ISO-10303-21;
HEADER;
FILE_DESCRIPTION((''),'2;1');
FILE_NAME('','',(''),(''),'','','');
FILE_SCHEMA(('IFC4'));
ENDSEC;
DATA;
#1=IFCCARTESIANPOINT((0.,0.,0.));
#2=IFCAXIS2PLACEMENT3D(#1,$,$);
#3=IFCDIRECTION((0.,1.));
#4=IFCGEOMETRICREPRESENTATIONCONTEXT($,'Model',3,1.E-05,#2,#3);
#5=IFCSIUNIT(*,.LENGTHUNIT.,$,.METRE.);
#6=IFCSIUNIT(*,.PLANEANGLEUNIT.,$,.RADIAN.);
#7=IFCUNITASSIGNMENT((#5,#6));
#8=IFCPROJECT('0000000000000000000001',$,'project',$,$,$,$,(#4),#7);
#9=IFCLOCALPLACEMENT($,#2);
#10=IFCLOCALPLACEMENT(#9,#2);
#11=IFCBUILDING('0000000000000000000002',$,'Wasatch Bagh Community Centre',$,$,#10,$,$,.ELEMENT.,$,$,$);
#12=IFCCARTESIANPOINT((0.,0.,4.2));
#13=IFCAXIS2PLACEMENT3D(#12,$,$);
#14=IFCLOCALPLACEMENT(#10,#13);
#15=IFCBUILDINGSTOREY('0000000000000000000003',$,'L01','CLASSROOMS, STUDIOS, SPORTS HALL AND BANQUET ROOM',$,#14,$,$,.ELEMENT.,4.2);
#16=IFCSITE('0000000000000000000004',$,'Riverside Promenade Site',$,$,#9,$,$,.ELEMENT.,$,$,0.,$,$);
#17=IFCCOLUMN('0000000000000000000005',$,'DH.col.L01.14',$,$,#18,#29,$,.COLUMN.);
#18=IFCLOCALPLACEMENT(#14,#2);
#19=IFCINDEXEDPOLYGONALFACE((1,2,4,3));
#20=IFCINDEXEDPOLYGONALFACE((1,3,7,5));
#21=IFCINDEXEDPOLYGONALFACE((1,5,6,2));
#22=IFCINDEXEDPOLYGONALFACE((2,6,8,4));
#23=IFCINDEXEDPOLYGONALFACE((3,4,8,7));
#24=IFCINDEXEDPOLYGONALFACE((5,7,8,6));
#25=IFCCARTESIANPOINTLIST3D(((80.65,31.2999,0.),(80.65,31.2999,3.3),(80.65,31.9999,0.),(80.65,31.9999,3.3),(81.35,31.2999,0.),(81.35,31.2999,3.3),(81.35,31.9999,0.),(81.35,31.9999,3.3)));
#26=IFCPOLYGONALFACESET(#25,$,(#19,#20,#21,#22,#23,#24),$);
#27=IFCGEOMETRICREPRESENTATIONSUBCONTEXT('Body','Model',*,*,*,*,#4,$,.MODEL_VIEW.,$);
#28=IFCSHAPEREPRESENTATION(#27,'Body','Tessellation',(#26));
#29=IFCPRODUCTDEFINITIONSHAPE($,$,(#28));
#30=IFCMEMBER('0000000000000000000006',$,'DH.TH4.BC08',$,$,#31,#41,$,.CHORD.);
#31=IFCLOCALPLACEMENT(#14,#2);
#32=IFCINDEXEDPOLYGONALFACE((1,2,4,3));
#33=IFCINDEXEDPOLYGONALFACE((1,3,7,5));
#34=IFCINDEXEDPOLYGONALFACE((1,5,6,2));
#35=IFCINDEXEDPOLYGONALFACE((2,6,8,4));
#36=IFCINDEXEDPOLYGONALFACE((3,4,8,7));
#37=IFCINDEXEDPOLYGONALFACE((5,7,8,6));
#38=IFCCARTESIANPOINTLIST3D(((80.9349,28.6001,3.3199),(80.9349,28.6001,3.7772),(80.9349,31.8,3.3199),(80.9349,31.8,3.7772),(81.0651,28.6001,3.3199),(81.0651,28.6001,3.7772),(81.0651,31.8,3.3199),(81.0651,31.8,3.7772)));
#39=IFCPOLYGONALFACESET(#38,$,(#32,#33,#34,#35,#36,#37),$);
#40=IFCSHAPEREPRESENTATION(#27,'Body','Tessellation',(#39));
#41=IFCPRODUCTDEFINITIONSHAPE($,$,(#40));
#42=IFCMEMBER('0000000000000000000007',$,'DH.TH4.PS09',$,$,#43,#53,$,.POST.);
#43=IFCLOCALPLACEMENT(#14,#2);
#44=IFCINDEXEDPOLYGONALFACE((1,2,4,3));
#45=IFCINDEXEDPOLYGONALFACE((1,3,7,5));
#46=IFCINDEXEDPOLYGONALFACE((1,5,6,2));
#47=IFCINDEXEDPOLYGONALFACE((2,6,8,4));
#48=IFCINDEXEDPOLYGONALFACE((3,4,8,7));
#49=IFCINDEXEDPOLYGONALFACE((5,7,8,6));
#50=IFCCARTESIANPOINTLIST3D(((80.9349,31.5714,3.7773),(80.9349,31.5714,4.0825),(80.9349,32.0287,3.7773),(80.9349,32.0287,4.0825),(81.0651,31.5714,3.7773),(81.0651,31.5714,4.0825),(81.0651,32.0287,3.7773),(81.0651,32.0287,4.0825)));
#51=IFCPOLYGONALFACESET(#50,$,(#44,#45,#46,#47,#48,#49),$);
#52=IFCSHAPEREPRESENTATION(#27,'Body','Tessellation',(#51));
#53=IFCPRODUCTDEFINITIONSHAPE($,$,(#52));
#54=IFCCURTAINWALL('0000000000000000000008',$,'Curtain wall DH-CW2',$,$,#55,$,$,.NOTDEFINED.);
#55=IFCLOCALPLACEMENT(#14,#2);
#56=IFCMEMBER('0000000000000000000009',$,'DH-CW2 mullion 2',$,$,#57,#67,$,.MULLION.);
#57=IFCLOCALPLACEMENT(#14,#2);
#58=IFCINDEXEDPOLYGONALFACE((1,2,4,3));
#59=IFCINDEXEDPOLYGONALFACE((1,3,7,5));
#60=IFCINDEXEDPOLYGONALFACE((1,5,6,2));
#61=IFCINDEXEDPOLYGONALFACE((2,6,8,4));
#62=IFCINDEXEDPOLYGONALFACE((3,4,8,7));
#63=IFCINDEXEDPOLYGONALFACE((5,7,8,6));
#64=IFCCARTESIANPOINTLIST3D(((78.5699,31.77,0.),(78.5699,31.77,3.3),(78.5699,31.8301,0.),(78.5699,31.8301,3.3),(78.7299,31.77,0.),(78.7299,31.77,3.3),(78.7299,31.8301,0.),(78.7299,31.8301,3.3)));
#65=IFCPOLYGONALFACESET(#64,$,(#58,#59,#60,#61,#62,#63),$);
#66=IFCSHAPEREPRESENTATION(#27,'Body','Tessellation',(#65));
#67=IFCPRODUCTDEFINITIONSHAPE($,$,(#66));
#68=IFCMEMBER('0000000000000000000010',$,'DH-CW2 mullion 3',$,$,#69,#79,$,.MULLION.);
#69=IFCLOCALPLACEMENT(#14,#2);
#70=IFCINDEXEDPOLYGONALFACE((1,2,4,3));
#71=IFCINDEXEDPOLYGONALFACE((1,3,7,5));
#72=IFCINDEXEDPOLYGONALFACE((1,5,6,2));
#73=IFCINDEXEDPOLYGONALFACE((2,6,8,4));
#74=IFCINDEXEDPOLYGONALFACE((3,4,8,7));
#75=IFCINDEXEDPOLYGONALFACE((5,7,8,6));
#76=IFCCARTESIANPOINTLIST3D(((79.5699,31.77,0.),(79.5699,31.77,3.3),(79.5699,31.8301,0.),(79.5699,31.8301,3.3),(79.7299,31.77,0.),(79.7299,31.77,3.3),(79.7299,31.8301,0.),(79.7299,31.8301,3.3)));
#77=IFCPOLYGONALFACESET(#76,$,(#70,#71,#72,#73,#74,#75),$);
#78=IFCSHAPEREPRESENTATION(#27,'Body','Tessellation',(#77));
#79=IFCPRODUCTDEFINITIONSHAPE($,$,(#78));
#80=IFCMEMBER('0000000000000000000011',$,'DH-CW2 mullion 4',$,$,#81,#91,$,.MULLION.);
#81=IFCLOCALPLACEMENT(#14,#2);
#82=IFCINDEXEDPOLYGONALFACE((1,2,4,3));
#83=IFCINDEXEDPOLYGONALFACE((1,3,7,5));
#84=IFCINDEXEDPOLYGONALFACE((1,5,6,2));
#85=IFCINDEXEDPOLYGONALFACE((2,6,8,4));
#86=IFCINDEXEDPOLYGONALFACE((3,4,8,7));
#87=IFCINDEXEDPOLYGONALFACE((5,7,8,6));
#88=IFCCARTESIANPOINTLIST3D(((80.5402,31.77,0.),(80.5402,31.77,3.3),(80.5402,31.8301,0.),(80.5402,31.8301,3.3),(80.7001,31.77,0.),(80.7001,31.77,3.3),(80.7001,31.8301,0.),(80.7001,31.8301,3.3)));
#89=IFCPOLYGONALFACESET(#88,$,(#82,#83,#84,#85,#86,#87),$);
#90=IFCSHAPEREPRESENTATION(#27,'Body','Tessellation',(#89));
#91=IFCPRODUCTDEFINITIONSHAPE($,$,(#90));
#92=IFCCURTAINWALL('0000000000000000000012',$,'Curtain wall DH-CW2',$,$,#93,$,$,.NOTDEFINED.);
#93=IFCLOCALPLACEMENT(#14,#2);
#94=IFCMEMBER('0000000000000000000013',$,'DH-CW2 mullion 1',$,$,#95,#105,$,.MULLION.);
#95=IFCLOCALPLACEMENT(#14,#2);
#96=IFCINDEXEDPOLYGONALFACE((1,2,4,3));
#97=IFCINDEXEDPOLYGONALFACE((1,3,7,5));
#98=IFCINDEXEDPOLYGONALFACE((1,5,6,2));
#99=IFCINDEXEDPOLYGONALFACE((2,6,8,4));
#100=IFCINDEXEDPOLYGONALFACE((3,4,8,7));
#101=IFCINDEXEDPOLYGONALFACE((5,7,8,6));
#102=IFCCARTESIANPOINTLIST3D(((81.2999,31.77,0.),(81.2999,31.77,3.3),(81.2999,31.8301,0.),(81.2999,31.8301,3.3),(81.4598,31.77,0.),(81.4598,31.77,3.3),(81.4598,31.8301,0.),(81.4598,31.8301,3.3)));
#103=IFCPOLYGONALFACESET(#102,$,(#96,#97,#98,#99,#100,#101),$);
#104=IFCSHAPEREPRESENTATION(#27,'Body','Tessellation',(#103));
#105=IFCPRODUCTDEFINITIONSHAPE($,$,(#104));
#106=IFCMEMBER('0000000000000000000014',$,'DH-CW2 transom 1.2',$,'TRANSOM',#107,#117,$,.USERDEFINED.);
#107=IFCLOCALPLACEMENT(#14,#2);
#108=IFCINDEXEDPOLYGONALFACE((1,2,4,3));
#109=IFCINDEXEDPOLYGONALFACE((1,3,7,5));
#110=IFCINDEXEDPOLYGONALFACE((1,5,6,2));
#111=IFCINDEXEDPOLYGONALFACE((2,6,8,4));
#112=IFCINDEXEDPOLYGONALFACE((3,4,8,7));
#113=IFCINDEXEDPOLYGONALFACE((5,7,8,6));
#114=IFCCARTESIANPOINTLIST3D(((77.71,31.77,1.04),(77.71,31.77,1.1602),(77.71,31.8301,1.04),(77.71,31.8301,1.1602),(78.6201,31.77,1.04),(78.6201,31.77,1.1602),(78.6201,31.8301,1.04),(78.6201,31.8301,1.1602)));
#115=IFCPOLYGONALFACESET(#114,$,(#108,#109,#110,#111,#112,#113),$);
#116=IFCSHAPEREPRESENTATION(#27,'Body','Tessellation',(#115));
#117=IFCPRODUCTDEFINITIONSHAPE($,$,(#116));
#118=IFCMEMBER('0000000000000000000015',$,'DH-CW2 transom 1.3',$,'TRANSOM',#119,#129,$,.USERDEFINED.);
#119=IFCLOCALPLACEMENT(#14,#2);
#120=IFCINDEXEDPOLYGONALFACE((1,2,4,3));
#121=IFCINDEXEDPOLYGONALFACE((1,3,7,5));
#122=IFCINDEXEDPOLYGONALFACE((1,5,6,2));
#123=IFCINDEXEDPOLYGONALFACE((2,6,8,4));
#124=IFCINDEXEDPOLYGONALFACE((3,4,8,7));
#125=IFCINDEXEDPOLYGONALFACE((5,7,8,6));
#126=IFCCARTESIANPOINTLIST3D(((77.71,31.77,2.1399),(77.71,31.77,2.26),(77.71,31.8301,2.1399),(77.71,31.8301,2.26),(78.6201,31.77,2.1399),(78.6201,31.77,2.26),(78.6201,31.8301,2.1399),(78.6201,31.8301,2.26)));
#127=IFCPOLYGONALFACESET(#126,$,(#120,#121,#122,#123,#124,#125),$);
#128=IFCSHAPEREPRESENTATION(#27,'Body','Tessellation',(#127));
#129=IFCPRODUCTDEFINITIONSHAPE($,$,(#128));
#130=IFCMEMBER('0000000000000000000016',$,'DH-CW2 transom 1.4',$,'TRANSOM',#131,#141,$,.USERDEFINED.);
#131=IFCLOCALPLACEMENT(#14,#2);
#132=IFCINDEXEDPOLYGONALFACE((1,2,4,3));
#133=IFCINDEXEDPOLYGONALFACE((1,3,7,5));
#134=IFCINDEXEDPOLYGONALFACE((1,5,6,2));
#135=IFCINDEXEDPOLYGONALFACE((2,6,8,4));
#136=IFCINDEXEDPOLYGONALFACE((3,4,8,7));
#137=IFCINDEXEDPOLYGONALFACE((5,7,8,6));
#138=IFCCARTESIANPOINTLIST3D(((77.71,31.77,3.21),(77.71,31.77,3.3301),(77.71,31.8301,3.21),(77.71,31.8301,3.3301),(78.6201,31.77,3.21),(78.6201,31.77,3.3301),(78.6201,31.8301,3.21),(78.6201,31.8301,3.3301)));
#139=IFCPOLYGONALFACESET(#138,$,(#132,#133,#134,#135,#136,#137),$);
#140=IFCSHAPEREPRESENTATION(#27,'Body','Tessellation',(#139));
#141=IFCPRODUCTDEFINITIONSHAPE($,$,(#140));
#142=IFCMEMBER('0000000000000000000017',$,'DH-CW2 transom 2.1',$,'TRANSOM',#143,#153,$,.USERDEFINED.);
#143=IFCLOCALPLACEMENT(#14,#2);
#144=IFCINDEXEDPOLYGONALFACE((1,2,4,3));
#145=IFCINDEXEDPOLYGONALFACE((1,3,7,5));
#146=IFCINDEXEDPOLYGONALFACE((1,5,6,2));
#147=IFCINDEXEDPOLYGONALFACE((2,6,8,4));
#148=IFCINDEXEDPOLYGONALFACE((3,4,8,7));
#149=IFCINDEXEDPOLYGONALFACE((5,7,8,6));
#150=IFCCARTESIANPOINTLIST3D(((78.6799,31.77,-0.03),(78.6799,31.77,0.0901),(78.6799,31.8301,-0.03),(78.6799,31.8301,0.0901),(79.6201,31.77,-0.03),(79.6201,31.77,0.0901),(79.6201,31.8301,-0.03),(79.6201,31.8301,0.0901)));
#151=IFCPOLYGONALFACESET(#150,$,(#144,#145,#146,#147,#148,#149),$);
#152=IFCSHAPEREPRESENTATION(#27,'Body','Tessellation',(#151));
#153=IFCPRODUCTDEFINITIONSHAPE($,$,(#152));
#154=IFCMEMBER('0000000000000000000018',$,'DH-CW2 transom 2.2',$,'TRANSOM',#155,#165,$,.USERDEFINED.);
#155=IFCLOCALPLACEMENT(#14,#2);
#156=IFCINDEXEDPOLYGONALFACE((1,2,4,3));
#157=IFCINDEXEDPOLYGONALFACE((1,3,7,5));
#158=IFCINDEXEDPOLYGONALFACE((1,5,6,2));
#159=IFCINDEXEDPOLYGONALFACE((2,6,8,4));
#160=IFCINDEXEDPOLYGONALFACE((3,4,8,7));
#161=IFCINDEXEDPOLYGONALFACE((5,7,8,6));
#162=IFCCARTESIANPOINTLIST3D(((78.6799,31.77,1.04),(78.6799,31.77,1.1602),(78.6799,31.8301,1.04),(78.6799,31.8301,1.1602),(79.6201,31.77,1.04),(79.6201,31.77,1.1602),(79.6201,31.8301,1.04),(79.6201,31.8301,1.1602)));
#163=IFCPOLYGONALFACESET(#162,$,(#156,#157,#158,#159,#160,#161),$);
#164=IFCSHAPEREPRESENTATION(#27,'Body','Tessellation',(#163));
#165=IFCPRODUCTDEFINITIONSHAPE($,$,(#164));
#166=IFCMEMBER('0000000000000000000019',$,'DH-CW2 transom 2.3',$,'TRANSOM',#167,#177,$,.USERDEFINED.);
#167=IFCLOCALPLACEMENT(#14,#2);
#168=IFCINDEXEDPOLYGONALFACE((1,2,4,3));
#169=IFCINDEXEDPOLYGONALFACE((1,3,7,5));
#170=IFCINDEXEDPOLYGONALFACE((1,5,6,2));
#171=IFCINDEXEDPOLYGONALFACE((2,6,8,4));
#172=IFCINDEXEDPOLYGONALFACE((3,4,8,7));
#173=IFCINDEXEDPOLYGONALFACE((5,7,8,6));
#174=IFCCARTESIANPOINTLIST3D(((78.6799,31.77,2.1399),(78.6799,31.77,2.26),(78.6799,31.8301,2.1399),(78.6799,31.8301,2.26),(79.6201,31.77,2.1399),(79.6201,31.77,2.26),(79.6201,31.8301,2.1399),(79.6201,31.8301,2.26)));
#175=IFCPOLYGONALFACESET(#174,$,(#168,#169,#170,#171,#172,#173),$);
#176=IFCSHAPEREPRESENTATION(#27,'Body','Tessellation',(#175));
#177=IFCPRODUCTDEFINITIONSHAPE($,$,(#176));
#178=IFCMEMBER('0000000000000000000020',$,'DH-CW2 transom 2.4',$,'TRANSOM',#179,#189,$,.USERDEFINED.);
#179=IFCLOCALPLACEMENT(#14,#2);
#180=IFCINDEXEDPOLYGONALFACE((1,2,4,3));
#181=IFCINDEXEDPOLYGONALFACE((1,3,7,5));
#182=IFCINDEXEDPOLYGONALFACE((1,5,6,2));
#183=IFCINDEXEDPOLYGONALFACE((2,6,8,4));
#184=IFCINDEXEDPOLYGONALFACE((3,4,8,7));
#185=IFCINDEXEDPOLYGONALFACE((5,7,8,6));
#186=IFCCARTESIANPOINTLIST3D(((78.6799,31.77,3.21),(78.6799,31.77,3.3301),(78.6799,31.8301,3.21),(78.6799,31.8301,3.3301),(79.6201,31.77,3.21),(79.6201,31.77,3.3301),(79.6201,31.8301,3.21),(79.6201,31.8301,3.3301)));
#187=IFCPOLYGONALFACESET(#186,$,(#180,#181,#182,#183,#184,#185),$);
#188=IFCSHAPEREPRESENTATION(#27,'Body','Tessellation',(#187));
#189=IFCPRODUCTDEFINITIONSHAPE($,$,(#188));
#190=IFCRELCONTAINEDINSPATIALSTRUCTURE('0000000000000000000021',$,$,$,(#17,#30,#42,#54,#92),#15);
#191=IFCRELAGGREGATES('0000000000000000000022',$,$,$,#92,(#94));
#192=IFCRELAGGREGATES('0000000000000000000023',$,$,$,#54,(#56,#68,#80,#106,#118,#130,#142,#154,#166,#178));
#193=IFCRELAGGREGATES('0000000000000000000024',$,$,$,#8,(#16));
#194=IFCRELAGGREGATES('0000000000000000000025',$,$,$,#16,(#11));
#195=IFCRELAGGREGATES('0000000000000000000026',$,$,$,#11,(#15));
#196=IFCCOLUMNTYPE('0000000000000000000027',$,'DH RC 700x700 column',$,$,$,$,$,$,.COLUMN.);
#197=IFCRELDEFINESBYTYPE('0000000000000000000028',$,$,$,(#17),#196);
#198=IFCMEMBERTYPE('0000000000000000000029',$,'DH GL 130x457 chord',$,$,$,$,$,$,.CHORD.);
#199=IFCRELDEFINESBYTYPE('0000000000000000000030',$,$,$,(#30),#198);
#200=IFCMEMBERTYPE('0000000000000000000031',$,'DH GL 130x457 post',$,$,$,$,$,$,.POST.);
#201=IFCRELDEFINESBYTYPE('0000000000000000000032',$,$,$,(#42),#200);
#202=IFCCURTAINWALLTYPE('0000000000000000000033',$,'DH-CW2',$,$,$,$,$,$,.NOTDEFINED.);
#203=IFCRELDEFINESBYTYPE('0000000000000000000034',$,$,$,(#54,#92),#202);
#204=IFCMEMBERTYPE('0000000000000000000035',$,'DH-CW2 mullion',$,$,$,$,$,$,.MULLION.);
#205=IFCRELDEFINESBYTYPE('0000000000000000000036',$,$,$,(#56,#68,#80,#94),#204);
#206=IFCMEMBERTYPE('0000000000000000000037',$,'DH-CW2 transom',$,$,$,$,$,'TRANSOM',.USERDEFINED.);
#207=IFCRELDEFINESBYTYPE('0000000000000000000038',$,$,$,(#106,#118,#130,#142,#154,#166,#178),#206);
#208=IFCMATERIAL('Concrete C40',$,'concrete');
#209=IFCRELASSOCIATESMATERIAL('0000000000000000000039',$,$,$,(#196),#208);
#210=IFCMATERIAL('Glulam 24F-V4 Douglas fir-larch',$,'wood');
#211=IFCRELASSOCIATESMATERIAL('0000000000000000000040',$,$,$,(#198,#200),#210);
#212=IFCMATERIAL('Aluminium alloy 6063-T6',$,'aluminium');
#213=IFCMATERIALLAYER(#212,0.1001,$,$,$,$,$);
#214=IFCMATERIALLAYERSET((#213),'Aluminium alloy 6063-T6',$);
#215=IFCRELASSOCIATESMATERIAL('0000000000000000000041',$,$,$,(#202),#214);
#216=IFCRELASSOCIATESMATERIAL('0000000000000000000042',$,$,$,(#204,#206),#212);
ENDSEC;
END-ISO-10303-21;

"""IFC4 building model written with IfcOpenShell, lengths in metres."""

from ifc_helpers import new_model, si_unit, direction, frame, origin, origin_2d, place, context, subcontext, project, spatial, rectangle, extrude, material, layer, layer_set, material_profile, profile_set, type_object, element, aggregate, save


model = new_model("IFC4")

# Units and contexts
model_context = context("Model", 3, precision=1e-05, world=origin(), true_north=direction((0.0, 1.0)))
body_context = subcontext(model_context, "Body", "Model", "MODEL_VIEW")
ifc_project = project(units=[si_unit("LENGTHUNIT", "METRE"), si_unit("PLANEANGLEUNIT", "RADIAN")], contexts=[model_context])

# Site, building, storey
site_placement = place(None, origin())
site = spatial("IfcSite", under=ifc_project, at=site_placement, Name="Riverside Promenade Site", CompositionType="ELEMENT", RefElevation=0.0)
building_placement = place(site_placement, origin())
building = spatial("IfcBuilding", under=site, at=building_placement, Name="Wasatch Bagh Community Centre", CompositionType="ELEMENT")
storey_placement = place(building_placement, frame((0.0, 0.0, 4.2)))
storey = spatial("IfcBuildingStorey", under=building, at=storey_placement, Name="L01", Description="CLASSROOMS, STUDIOS, SPORTS HALL AND BANQUET ROOM", CompositionType="ELEMENT", Elevation=4.2)

# Column
ifc_material_1 = material(Name="Concrete C40", Category="concrete")
ifc_material_profile_1 = material_profile(ifc_material_1, rectangle(XDim=0.7, YDim=0.7, at=origin_2d()), Name="RC 700x700")
ifc_profile_set_1 = profile_set([ifc_material_profile_1], Name="Concrete C40")
column_type = type_object("IfcColumnType", Name="DH RC 700x700 column", PredefinedType="COLUMN", material=ifc_profile_set_1)
column_placement = place(storey_placement, frame((81.0, 31.6499, 0.0), z_axis=(0.0, 0.0, 1.0), x_axis=(1.0, 0.0, 0.0)))
element("IfcColumn", 1, at=column_placement, inside=storey, type_object=column_type, Name="DH.col.L01.14", PredefinedType="COLUMN", context=body_context, shape_type="SweptSolid", body=[
    extrude(rectangle(XDim=0.7, YDim=0.7, at=origin_2d()), origin(), (0.0, 0.0, 1.0), 3.3),
])

# Members
ifc_material_2 = material(Name="Glulam 24F-V4 Douglas fir-larch", Category="wood")
ifc_material_profile_2 = material_profile(ifc_material_2, rectangle(XDim=0.1301, YDim=0.4573, at=origin_2d()), Name="GL 130x457")
ifc_profile_set_2 = profile_set([ifc_material_profile_2], Name="Glulam 24F-V4 Douglas fir-larch")
member_type_1 = type_object("IfcMemberType", Name="DH GL 130x457 chord", PredefinedType="CHORD", material=ifc_profile_set_2)
member_1_placement = place(storey_placement, frame((81.0, 28.6001, 3.5486), z_axis=(0.0, 1.0, 0.0), x_axis=(-1.0, 0.0, 0.0)))
element("IfcMember", 2, at=member_1_placement, inside=storey, type_object=member_type_1, Name="DH.TH4.BC08", PredefinedType="CHORD", context=body_context, shape_type="SweptSolid", body=[
    extrude(rectangle(XDim=0.1301, YDim=0.4573, at=origin_2d()), origin(), (0.0, 0.0, 1.0), 3.2),
])
ifc_material_profile_3 = material_profile(ifc_material_2, rectangle(XDim=0.1301, YDim=0.4573, at=origin_2d()), Name="GL 130x457")
ifc_profile_set_3 = profile_set([ifc_material_profile_3], Name="Glulam 24F-V4 Douglas fir-larch")
member_type_2 = type_object("IfcMemberType", Name="DH GL 130x457 post", PredefinedType="POST", material=ifc_profile_set_3)
member_2_placement = place(storey_placement, frame((81.0, 31.8, 3.7773), z_axis=(0.0, 0.0, 1.0), x_axis=(1.0, 0.0, 0.0)))
element("IfcMember", 3, at=member_2_placement, inside=storey, type_object=member_type_2, Name="DH.TH4.PS09", PredefinedType="POST", context=body_context, shape_type="SweptSolid", body=[
    extrude(rectangle(XDim=0.1301, YDim=0.4573, at=origin_2d()), origin(), (0.0, 0.0, 1.0), 0.3052),
])

# Curtain wall, members
ifc_material_3 = material(Name="Aluminium alloy 6063-T6", Category="aluminium")
ifc_layer_1 = layer(ifc_material_3, 0.1001)
ifc_layer_set_1 = layer_set([ifc_layer_1], Name="Aluminium alloy 6063-T6")
curtain_wall_type = type_object("IfcCurtainWallType", Name="DH-CW2", PredefinedType="NOTDEFINED", material=ifc_layer_set_1)
curtain_wall_1_placement = place(storey_placement, origin())
curtain_wall_1 = element("IfcCurtainWall", 4, at=curtain_wall_1_placement, inside=storey, type_object=curtain_wall_type, Name="Curtain wall DH-CW2", PredefinedType="NOTDEFINED")
ifc_material_profile_4 = material_profile(ifc_material_3, rectangle(XDim=0.0601, YDim=0.1599, at=origin_2d()), Name="AL 60x160")
ifc_profile_set_4 = profile_set([ifc_material_profile_4], Name="Aluminium alloy 6063-T6")
member_type_3 = type_object("IfcMemberType", Name="DH-CW2 mullion", PredefinedType="MULLION", material=ifc_profile_set_4)
member_3_placement = place(storey_placement, frame((78.6499, 31.8, 0.0), z_axis=(0.0, 0.0, 1.0), x_axis=(0.0, 1.0, 0.0)))
member_3 = element("IfcMember", 5, at=member_3_placement, type_object=member_type_3, Name="DH-CW2 mullion 2", PredefinedType="MULLION", context=body_context, shape_type="SweptSolid", body=[
    extrude(rectangle(XDim=0.0601, YDim=0.1599, at=origin_2d()), origin(), (0.0, 0.0, 1.0), 3.3),
])
member_4_placement = place(storey_placement, frame((79.6499, 31.8, 0.0), z_axis=(0.0, 0.0, 1.0), x_axis=(0.0, 1.0, 0.0)))
member_4 = element("IfcMember", 6, at=member_4_placement, type_object=member_type_3, Name="DH-CW2 mullion 3", PredefinedType="MULLION", context=body_context, shape_type="SweptSolid", body=[
    extrude(rectangle(XDim=0.0601, YDim=0.1599, at=origin_2d()), origin(), (0.0, 0.0, 1.0), 3.3),
])
member_5_placement = place(storey_placement, frame((80.6201, 31.8, 0.0), z_axis=(0.0, 0.0, 1.0), x_axis=(0.0, 1.0, 0.0)))
member_5 = element("IfcMember", 7, at=member_5_placement, type_object=member_type_3, Name="DH-CW2 mullion 4", PredefinedType="MULLION", context=body_context, shape_type="SweptSolid", body=[
    extrude(rectangle(XDim=0.0601, YDim=0.1599, at=origin_2d()), origin(), (0.0, 0.0, 1.0), 3.3),
])

# Curtain wall, member
curtain_wall_2_placement = place(storey_placement, origin())
curtain_wall_2 = element("IfcCurtainWall", 8, at=curtain_wall_2_placement, inside=storey, type_object=curtain_wall_type, Name="Curtain wall DH-CW2", PredefinedType="NOTDEFINED")
member_6_placement = place(storey_placement, frame((81.3799, 31.8, 0.0), z_axis=(0.0, 0.0, 1.0), x_axis=(0.0, 1.0, 0.0)))
member_6 = element("IfcMember", 9, at=member_6_placement, type_object=member_type_3, Name="DH-CW2 mullion 1", PredefinedType="MULLION", context=body_context, shape_type="SweptSolid", body=[
    extrude(rectangle(XDim=0.0601, YDim=0.1599, at=origin_2d()), origin(), (0.0, 0.0, 1.0), 3.3),
])
aggregate(curtain_wall_2, [member_6])

# Members
ifc_material_profile_5 = material_profile(ifc_material_3, rectangle(XDim=0.0601, YDim=0.1201, at=origin_2d()), Name="AL 60x120")
ifc_profile_set_5 = profile_set([ifc_material_profile_5], Name="Aluminium alloy 6063-T6")
member_type_4 = type_object("IfcMemberType", Name="DH-CW2 transom", ElementType="TRANSOM", PredefinedType="USERDEFINED", material=ifc_profile_set_5)
member_7_placement = place(storey_placement, frame((77.71, 31.8, 1.1001), z_axis=(1.0, 0.0, 0.0), x_axis=(0.0, 1.0, 0.0)))
member_7 = element("IfcMember", 10, at=member_7_placement, type_object=member_type_4, Name="DH-CW2 transom 1.2", ObjectType="TRANSOM", PredefinedType="USERDEFINED", context=body_context, shape_type="SweptSolid", body=[
    extrude(rectangle(XDim=0.0601, YDim=0.1201, at=origin_2d()), origin(), (0.0, 0.0, 1.0), 0.9102),
])
member_8_placement = place(storey_placement, frame((77.71, 31.8, 2.2), z_axis=(1.0, 0.0, 0.0), x_axis=(0.0, 1.0, 0.0)))
member_8 = element("IfcMember", 11, at=member_8_placement, type_object=member_type_4, Name="DH-CW2 transom 1.3", ObjectType="TRANSOM", PredefinedType="USERDEFINED", context=body_context, shape_type="SweptSolid", body=[
    extrude(rectangle(XDim=0.0601, YDim=0.1201, at=origin_2d()), origin(), (0.0, 0.0, 1.0), 0.9102),
])
member_9_placement = place(storey_placement, frame((77.71, 31.8, 3.27), z_axis=(1.0, 0.0, 0.0), x_axis=(0.0, 1.0, 0.0)))
member_9 = element("IfcMember", 12, at=member_9_placement, type_object=member_type_4, Name="DH-CW2 transom 1.4", ObjectType="TRANSOM", PredefinedType="USERDEFINED", context=body_context, shape_type="SweptSolid", body=[
    extrude(rectangle(XDim=0.0601, YDim=0.1201, at=origin_2d()), origin(), (0.0, 0.0, 1.0), 0.9102),
])
member_10_placement = place(storey_placement, frame((78.6799, 31.8, 0.03), z_axis=(1.0, 0.0, 0.0), x_axis=(0.0, 1.0, 0.0)))
member_10 = element("IfcMember", 13, at=member_10_placement, type_object=member_type_4, Name="DH-CW2 transom 2.1", ObjectType="TRANSOM", PredefinedType="USERDEFINED", context=body_context, shape_type="SweptSolid", body=[
    extrude(rectangle(XDim=0.0601, YDim=0.1201, at=origin_2d()), origin(), (0.0, 0.0, 1.0), 0.9402),
])
member_11_placement = place(storey_placement, frame((78.6799, 31.8, 1.1001), z_axis=(1.0, 0.0, 0.0), x_axis=(0.0, 1.0, 0.0)))
member_11 = element("IfcMember", 14, at=member_11_placement, type_object=member_type_4, Name="DH-CW2 transom 2.2", ObjectType="TRANSOM", PredefinedType="USERDEFINED", context=body_context, shape_type="SweptSolid", body=[
    extrude(rectangle(XDim=0.0601, YDim=0.1201, at=origin_2d()), origin(), (0.0, 0.0, 1.0), 0.9402),
])
member_12_placement = place(storey_placement, frame((78.6799, 31.8, 2.2), z_axis=(1.0, 0.0, 0.0), x_axis=(0.0, 1.0, 0.0)))
member_12 = element("IfcMember", 15, at=member_12_placement, type_object=member_type_4, Name="DH-CW2 transom 2.3", ObjectType="TRANSOM", PredefinedType="USERDEFINED", context=body_context, shape_type="SweptSolid", body=[
    extrude(rectangle(XDim=0.0601, YDim=0.1201, at=origin_2d()), origin(), (0.0, 0.0, 1.0), 0.9402),
])
member_13_placement = place(storey_placement, frame((78.6799, 31.8, 3.27), z_axis=(1.0, 0.0, 0.0), x_axis=(0.0, 1.0, 0.0)))
member_13 = element("IfcMember", 16, at=member_13_placement, type_object=member_type_4, Name="DH-CW2 transom 2.4", ObjectType="TRANSOM", PredefinedType="USERDEFINED", context=body_context, shape_type="SweptSolid", body=[
    extrude(rectangle(XDim=0.0601, YDim=0.1201, at=origin_2d()), origin(), (0.0, 0.0, 1.0), 0.9402),
])

aggregate(curtain_wall_1, [member_3, member_4, member_5, member_7, member_8, member_9, member_10, member_11, member_12, member_13])

save(model, "model.ifc")
